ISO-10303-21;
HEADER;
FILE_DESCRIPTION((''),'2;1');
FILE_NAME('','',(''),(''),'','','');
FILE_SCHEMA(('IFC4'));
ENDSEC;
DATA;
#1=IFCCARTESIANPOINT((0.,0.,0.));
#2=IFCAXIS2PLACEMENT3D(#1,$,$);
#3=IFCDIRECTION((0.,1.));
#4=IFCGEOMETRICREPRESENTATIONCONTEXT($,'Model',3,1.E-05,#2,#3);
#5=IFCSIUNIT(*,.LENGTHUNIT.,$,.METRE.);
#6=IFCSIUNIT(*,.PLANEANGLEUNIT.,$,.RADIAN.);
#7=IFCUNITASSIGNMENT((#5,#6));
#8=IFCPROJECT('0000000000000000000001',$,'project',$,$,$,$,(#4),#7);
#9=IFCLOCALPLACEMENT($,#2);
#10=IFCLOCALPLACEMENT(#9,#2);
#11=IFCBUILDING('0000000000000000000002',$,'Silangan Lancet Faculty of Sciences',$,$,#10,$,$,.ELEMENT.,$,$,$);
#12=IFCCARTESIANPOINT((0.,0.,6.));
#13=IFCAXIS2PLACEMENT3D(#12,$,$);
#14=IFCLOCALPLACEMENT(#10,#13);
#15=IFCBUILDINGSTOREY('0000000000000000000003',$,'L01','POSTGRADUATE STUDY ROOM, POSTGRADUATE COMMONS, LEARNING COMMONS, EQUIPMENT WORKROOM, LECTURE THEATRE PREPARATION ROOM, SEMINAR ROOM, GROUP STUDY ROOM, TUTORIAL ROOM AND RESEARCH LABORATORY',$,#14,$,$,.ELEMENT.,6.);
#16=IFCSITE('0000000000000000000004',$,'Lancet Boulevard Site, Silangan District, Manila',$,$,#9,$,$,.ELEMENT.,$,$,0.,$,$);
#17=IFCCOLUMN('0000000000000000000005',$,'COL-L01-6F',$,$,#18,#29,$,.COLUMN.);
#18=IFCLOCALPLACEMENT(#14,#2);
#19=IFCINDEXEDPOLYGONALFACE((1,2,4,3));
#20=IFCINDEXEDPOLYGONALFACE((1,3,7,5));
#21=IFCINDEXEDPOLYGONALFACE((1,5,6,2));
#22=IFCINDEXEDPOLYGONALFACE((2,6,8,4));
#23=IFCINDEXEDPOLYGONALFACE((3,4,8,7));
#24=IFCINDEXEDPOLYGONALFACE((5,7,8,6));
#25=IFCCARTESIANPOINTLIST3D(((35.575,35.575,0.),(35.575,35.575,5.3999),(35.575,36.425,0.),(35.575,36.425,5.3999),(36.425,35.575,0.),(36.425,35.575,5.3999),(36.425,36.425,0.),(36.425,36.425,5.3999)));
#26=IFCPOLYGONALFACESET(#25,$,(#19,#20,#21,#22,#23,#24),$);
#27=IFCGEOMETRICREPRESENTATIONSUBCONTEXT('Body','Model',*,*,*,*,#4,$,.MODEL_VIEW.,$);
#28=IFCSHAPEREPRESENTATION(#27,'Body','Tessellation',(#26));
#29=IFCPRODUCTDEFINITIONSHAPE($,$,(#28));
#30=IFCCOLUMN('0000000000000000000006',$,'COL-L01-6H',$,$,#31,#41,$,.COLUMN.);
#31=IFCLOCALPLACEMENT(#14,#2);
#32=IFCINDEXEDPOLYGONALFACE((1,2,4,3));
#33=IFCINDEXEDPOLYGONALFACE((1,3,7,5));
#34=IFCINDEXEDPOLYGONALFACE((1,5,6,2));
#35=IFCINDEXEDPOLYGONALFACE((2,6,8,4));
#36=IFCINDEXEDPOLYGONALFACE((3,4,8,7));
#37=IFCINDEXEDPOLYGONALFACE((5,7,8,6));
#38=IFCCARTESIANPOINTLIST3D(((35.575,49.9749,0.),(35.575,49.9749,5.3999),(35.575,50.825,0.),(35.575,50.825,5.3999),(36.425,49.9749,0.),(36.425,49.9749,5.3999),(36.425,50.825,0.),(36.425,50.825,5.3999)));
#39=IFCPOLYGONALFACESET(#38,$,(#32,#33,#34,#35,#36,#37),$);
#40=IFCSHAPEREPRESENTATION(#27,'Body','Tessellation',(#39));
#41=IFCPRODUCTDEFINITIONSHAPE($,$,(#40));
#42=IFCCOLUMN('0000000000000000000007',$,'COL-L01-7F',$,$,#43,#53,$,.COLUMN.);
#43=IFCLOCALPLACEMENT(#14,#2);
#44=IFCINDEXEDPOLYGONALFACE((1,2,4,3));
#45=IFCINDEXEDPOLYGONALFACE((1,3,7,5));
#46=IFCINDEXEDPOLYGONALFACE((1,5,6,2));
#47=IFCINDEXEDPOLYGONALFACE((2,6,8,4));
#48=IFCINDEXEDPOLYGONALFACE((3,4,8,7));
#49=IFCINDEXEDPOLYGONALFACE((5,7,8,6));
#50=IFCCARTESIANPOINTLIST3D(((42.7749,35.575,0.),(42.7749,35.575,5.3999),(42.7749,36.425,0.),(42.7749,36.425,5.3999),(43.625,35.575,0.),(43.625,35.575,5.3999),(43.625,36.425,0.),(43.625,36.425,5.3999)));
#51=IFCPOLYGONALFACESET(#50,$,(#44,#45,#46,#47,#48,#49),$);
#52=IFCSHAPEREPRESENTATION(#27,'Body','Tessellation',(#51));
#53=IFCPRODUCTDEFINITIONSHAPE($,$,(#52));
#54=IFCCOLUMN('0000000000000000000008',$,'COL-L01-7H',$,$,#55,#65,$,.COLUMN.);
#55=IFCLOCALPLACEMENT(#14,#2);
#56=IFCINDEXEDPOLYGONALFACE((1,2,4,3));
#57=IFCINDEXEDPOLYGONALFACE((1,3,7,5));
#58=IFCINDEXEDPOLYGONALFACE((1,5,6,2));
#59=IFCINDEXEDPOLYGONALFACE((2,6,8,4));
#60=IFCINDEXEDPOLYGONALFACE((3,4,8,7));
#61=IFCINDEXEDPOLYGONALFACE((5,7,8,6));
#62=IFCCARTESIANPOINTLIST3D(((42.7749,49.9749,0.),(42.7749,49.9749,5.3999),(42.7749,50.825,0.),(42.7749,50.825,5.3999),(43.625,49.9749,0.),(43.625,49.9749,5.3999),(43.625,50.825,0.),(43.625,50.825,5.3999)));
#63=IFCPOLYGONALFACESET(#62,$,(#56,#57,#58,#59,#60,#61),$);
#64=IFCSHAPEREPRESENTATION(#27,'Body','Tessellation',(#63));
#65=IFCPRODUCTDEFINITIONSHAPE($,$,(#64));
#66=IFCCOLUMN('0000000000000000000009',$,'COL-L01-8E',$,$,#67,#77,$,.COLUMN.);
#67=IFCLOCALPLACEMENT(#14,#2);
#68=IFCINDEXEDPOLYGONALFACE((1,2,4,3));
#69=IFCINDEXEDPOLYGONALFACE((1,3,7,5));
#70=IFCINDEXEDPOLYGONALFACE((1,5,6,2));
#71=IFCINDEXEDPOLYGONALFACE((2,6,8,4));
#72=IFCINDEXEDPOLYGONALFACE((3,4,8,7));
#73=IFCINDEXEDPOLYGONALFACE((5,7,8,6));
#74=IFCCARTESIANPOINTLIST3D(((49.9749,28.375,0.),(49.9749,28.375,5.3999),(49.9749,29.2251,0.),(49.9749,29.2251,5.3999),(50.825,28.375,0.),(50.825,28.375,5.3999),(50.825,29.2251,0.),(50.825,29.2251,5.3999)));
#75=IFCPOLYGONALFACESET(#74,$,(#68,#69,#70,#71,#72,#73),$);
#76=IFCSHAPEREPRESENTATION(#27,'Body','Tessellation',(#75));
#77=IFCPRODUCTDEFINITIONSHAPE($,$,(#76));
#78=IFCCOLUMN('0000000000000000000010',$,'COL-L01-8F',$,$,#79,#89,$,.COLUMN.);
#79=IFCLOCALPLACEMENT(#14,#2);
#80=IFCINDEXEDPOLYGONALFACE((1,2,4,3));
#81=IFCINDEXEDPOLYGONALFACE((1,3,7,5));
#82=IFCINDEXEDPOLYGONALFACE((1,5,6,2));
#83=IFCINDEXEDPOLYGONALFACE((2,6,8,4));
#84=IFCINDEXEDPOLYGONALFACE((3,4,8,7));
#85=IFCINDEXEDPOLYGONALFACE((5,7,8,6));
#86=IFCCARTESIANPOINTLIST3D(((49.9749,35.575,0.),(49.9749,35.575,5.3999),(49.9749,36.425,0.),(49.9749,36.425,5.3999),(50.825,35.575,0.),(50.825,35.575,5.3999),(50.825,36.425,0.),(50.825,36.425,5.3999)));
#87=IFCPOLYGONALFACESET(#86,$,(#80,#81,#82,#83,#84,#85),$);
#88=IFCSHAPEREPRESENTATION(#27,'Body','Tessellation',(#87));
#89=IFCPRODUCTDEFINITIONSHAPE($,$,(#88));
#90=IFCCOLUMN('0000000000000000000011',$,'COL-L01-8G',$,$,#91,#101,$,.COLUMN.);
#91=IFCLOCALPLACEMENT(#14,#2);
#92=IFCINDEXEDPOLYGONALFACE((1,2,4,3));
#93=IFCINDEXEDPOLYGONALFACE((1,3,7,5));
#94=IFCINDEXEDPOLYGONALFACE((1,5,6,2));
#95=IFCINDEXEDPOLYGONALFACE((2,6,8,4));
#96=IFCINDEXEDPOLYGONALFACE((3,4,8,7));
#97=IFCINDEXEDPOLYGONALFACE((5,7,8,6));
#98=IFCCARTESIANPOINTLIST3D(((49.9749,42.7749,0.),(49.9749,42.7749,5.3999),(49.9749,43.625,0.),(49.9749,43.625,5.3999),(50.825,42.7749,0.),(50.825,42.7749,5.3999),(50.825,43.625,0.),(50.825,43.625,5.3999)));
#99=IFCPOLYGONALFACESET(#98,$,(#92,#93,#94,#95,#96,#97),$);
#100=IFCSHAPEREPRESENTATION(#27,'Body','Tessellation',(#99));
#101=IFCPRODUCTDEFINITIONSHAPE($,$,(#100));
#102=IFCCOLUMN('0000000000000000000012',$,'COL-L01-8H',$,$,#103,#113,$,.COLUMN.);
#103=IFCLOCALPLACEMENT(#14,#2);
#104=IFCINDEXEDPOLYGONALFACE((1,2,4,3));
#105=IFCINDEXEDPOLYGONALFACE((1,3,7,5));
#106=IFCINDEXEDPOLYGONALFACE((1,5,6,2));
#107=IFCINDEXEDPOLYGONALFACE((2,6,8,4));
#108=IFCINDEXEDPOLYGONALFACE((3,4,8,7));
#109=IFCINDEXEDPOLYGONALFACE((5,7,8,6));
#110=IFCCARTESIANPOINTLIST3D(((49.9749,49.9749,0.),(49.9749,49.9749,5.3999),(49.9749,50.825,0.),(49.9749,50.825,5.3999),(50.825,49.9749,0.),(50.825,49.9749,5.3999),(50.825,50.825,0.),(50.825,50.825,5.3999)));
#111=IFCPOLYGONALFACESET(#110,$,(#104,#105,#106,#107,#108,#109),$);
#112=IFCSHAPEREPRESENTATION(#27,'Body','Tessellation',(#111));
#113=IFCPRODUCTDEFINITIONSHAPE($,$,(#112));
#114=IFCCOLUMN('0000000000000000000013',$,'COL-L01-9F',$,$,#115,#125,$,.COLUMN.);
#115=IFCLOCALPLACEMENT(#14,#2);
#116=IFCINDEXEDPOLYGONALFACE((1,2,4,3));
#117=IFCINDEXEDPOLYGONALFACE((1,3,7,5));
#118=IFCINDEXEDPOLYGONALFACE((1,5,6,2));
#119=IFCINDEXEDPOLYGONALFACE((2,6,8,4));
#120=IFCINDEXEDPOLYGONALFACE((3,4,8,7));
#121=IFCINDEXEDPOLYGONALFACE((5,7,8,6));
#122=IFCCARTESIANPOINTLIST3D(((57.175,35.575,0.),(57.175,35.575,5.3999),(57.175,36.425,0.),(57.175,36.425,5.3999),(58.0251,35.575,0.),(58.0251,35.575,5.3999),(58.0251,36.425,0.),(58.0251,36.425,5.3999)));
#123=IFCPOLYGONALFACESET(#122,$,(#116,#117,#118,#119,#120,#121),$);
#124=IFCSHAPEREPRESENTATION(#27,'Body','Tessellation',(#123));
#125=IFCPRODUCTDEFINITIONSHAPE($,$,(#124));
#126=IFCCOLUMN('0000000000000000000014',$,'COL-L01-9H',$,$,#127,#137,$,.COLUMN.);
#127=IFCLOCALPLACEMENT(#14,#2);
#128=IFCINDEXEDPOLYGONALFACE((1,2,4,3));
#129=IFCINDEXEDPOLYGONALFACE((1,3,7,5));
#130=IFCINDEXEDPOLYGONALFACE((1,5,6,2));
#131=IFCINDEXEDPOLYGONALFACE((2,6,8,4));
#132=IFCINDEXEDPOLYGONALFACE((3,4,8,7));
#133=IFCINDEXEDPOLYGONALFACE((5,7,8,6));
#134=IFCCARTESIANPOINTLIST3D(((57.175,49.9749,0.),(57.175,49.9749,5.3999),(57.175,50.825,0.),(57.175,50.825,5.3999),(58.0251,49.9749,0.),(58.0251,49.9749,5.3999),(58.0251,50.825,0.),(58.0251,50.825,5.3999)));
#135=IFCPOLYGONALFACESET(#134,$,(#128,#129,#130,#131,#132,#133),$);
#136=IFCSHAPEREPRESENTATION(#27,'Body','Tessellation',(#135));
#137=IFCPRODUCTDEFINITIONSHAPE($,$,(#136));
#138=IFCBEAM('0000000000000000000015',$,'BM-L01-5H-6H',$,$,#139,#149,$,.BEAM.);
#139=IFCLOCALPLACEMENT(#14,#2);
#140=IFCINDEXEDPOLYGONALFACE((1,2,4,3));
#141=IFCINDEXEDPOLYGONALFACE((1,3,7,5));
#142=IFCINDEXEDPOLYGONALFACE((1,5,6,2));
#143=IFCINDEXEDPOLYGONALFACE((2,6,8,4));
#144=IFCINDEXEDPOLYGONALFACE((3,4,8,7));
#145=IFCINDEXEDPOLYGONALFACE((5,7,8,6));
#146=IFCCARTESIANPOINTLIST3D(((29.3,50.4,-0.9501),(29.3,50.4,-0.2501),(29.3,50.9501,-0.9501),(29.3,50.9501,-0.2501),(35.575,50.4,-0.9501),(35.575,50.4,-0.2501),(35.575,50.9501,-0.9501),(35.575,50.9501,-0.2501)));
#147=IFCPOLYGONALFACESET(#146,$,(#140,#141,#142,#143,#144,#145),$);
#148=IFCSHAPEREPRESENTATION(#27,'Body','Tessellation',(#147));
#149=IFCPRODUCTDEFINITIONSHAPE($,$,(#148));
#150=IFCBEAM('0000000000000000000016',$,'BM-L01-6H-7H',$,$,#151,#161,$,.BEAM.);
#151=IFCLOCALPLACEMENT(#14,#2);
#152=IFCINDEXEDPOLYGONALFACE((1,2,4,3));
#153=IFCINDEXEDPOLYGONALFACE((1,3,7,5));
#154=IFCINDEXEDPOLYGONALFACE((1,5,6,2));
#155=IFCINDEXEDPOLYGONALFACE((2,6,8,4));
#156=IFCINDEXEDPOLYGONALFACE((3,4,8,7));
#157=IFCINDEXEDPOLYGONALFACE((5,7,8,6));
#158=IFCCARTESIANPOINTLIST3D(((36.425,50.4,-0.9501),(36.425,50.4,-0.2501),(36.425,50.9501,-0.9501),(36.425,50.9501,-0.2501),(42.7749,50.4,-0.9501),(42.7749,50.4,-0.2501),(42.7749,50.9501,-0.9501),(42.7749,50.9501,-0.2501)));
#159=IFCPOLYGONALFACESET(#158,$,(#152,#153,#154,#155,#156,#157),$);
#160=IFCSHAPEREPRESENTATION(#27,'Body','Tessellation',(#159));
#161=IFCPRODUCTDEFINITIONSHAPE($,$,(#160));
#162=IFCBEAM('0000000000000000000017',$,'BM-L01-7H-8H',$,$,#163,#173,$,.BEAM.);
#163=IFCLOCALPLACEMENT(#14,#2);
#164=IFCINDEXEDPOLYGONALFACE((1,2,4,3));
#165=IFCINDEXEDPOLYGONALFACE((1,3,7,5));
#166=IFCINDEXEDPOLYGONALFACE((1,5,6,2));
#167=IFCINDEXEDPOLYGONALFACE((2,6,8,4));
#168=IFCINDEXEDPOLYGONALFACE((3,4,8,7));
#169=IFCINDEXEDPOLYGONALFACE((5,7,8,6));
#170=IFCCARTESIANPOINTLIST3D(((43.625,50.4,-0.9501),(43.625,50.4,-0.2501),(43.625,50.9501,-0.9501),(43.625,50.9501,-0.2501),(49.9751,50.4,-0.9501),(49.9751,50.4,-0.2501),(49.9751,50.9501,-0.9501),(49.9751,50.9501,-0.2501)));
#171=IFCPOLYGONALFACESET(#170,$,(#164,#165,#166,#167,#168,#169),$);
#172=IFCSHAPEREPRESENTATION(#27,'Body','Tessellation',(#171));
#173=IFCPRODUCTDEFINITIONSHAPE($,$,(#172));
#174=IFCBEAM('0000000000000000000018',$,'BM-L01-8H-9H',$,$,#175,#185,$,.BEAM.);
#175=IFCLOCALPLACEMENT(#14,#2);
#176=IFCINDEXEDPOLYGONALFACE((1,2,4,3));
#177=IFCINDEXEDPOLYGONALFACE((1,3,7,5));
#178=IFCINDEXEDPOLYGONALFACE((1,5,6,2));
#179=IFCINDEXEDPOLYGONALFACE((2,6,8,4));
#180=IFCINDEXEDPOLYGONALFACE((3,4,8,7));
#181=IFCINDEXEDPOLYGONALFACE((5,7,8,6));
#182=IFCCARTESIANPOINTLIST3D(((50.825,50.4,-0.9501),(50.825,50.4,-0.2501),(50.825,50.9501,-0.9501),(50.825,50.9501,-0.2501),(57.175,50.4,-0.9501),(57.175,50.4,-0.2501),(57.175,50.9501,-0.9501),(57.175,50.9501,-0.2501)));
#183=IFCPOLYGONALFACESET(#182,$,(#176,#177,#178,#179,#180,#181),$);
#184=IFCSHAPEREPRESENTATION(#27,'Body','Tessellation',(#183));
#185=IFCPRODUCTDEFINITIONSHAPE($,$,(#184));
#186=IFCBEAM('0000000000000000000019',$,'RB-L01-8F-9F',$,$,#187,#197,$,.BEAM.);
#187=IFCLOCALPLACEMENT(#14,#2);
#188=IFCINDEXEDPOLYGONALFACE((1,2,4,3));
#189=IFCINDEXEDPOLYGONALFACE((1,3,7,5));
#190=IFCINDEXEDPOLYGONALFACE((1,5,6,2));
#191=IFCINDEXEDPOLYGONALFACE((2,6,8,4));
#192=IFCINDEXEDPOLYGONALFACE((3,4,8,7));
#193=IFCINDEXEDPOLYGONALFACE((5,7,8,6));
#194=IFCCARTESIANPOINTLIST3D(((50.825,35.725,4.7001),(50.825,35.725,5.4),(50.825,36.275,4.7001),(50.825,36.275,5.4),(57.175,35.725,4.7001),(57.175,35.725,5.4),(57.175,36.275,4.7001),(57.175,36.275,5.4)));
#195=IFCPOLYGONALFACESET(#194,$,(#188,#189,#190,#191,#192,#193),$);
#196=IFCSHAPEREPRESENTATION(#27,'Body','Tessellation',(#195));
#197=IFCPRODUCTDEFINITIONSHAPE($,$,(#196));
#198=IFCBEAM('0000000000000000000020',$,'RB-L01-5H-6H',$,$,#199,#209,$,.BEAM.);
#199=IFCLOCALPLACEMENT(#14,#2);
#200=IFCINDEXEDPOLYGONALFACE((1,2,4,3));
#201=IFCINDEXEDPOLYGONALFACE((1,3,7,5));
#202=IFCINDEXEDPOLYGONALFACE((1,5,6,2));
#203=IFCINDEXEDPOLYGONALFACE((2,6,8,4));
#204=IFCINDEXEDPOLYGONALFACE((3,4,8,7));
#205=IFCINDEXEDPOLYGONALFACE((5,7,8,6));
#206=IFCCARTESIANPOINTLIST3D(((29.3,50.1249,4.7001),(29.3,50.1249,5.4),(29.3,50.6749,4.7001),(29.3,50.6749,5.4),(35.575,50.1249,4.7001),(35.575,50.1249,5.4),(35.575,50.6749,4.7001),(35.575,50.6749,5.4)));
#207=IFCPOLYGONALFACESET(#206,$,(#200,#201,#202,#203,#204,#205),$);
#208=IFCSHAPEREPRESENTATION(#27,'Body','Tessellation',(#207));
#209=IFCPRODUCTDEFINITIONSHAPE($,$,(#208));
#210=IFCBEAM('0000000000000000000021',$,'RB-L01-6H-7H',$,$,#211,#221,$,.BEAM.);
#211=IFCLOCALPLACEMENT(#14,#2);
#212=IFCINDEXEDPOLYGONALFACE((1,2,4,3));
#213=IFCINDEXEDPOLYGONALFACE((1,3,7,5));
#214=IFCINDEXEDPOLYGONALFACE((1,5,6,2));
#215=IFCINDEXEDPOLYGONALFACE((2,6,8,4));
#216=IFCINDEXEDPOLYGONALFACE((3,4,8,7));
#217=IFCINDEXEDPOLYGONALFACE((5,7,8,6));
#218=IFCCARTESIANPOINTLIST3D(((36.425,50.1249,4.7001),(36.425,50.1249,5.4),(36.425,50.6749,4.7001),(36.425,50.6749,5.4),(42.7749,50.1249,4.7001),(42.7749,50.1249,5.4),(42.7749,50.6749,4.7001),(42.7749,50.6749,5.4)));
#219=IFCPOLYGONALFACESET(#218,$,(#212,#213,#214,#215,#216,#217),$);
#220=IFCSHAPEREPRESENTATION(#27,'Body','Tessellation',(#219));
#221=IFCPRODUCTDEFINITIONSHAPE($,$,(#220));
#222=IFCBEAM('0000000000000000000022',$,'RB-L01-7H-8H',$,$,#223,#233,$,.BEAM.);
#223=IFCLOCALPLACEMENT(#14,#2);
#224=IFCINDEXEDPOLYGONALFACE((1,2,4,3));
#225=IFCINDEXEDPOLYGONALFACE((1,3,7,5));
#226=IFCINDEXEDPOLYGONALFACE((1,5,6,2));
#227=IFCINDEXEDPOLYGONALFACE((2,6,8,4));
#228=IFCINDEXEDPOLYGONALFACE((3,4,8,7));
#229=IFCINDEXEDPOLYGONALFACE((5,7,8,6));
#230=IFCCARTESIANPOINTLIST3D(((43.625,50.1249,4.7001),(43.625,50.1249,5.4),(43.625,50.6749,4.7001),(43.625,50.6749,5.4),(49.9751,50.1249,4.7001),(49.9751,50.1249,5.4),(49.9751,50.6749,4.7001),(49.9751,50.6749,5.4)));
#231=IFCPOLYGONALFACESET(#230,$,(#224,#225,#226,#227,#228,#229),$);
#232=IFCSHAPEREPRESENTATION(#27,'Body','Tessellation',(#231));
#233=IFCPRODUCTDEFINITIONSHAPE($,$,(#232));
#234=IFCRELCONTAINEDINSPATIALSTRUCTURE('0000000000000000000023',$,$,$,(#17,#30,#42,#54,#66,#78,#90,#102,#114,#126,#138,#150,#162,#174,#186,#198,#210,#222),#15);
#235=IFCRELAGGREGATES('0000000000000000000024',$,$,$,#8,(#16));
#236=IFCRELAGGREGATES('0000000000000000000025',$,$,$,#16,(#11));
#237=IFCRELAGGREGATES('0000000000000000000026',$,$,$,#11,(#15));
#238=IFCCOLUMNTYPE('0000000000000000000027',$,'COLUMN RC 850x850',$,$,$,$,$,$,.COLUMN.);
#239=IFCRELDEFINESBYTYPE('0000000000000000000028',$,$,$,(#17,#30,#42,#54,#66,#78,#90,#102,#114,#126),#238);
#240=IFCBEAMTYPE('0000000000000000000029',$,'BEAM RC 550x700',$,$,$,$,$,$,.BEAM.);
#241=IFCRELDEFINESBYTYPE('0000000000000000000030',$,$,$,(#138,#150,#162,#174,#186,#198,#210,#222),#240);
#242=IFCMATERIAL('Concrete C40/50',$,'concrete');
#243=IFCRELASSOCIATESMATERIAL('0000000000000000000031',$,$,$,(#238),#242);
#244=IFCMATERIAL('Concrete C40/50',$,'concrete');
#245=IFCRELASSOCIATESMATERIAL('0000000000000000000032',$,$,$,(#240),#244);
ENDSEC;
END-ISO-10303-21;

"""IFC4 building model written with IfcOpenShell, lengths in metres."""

from ifc_helpers import new_model, si_unit, direction, frame, origin, origin_2d, place, context, subcontext, project, spatial, rectangle, extrude, material, material_profile, profile_set, type_object, element, save


model = new_model("IFC4")

# Units and contexts
model_context = context("Model", 3, precision=1e-05, world=origin(), true_north=direction((0.0, 1.0)))
body_context = subcontext(model_context, "Body", "Model", "MODEL_VIEW")
ifc_project = project(units=[si_unit("LENGTHUNIT", "METRE"), si_unit("PLANEANGLEUNIT", "RADIAN")], contexts=[model_context])

# Site, building, storey
site_placement = place(None, origin())
site = spatial("IfcSite", under=ifc_project, at=site_placement, Name="Lancet Boulevard Site, Silangan District, Manila", CompositionType="ELEMENT", RefElevation=0.0)
building_placement = place(site_placement, origin())
building = spatial("IfcBuilding", under=site, at=building_placement, Name="Silangan Lancet Faculty of Sciences", CompositionType="ELEMENT")
storey_placement = place(building_placement, frame((0.0, 0.0, 6.0)))
storey = spatial("IfcBuildingStorey", under=building, at=storey_placement, Name="L01", Description="POSTGRADUATE STUDY ROOM, POSTGRADUATE COMMONS, LEARNING COMMONS, EQUIPMENT WORKROOM, LECTURE THEATRE PREPARATION ROOM, SEMINAR ROOM, GROUP STUDY ROOM, TUTORIAL ROOM AND RESEARCH LABORATORY", CompositionType="ELEMENT", Elevation=6.0)

# Columns
ifc_material_1 = material(Name="Concrete C40/50", Category="concrete")
ifc_material_profile_1 = material_profile(ifc_material_1, rectangle(XDim=0.8501, YDim=0.8501, at=origin_2d()), Name="RC 850x850")
ifc_profile_set_1 = profile_set([ifc_material_profile_1], Name="Concrete C40/50")
column_type = type_object("IfcColumnType", Name="COLUMN RC 850x850", PredefinedType="COLUMN", material=ifc_profile_set_1)
for number, where, z_axis, x_axis, name in (
    (1, (36.0, 36.0, 0.0), (0.0, 0.0, 1.0), (1.0, 0.0, 0.0), "COL-L01-6F"),
    (2, (36.0, 50.3999, 0.0), (0.0, 0.0, 1.0), (1.0, 0.0, 0.0), "COL-L01-6H"),
    (3, (43.2, 36.0, 0.0), (0.0, 0.0, 1.0), (1.0, 0.0, 0.0), "COL-L01-7F"),
    (4, (43.2, 50.3999, 0.0), (0.0, 0.0, 1.0), (1.0, 0.0, 0.0), "COL-L01-7H"),
    (5, (50.3999, 28.8, 0.0), (0.0, 0.0, 1.0), (1.0, 0.0, 0.0), "COL-L01-8E"),
    (6, (50.3999, 36.0, 0.0), (0.0, 0.0, 1.0), (1.0, 0.0, 0.0), "COL-L01-8F"),
    (7, (50.3999, 43.2, 0.0), (0.0, 0.0, 1.0), (1.0, 0.0, 0.0), "COL-L01-8G"),
    (8, (50.3999, 50.3999, 0.0), (0.0, 0.0, 1.0), (1.0, 0.0, 0.0), "COL-L01-8H"),
    (9, (57.6001, 36.0, 0.0), (0.0, 0.0, 1.0), (1.0, 0.0, 0.0), "COL-L01-9F"),
    (10, (57.6001, 50.3999, 0.0), (0.0, 0.0, 1.0), (1.0, 0.0, 0.0), "COL-L01-9H"),
):
    element("IfcColumn", number, at=place(storey_placement, frame(where, z_axis=z_axis, x_axis=x_axis)), inside=storey, type_object=column_type, Name=name, PredefinedType="COLUMN", context=body_context, shape_type="SweptSolid", body=[
        extrude(rectangle(XDim=0.8501, YDim=0.8501, at=origin_2d()), origin(), (0.0, 0.0, 1.0), 5.3999),
    ])

# Beams
ifc_material_2 = material(Name="Concrete C40/50", Category="concrete")
ifc_material_profile_2 = material_profile(ifc_material_2, rectangle(XDim=0.55, YDim=0.7, at=origin_2d()), Name="RC 550x700")
ifc_profile_set_2 = profile_set([ifc_material_profile_2], Name="Concrete C40/50")
beam_type = type_object("IfcBeamType", Name="BEAM RC 550x700", PredefinedType="BEAM", material=ifc_profile_set_2)
beam_1_placement = place(storey_placement, frame((29.3, 50.675, -0.6001), z_axis=(1.0, 0.0, 0.0), x_axis=(0.0, 1.0, 0.0)))
element("IfcBeam", 11, at=beam_1_placement, inside=storey, type_object=beam_type, Name="BM-L01-5H-6H", PredefinedType="BEAM", context=body_context, shape_type="SweptSolid", body=[
    extrude(rectangle(XDim=0.55, YDim=0.7, at=origin_2d()), origin(), (0.0, 0.0, 1.0), 6.2749),
])
beam_2_placement = place(storey_placement, frame((36.425, 50.675, -0.6001), z_axis=(1.0, 0.0, 0.0), x_axis=(0.0, 1.0, 0.0)))
element("IfcBeam", 12, at=beam_2_placement, inside=storey, type_object=beam_type, Name="BM-L01-6H-7H", PredefinedType="BEAM", context=body_context, shape_type="SweptSolid", body=[
    extrude(rectangle(XDim=0.55, YDim=0.7, at=origin_2d()), origin(), (0.0, 0.0, 1.0), 6.3499),
])
for number, where, z_axis, x_axis, name in (
    (13, (43.625, 50.675, -0.6001), (1.0, 0.0, 0.0), (0.0, 1.0, 0.0), "BM-L01-7H-8H"),
    (14, (50.825, 50.675, -0.6001), (1.0, 0.0, 0.0), (0.0, 1.0, 0.0), "BM-L01-8H-9H"),
    (15, (50.825, 36.0, 5.05), (1.0, 0.0, 0.0), (0.0, 1.0, 0.0), "RB-L01-8F-9F"),
):
    element("IfcBeam", number, at=place(storey_placement, frame(where, z_axis=z_axis, x_axis=x_axis)), inside=storey, type_object=beam_type, Name=name, PredefinedType="BEAM", context=body_context, shape_type="SweptSolid", body=[
        extrude(rectangle(XDim=0.55, YDim=0.7, at=origin_2d()), origin(), (0.0, 0.0, 1.0), 6.3501),
    ])
beam_3_placement = place(storey_placement, frame((29.3, 50.3999, 5.05), z_axis=(1.0, 0.0, 0.0), x_axis=(0.0, 1.0, 0.0)))
element("IfcBeam", 16, at=beam_3_placement, inside=storey, type_object=beam_type, Name="RB-L01-5H-6H", PredefinedType="BEAM", context=body_context, shape_type="SweptSolid", body=[
    extrude(rectangle(XDim=0.55, YDim=0.7, at=origin_2d()), origin(), (0.0, 0.0, 1.0), 6.2749),
])
beam_4_placement = place(storey_placement, frame((36.425, 50.3999, 5.05), z_axis=(1.0, 0.0, 0.0), x_axis=(0.0, 1.0, 0.0)))
element("IfcBeam", 17, at=beam_4_placement, inside=storey, type_object=beam_type, Name="RB-L01-6H-7H", PredefinedType="BEAM", context=body_context, shape_type="SweptSolid", body=[
    extrude(rectangle(XDim=0.55, YDim=0.7, at=origin_2d()), origin(), (0.0, 0.0, 1.0), 6.3499),
])
for number, where, z_axis, x_axis, name in (
    (18, (43.625, 50.3999, 5.05), (1.0, 0.0, 0.0), (0.0, 1.0, 0.0), "RB-L01-7H-8H"),
):
    element("IfcBeam", number, at=place(storey_placement, frame(where, z_axis=z_axis, x_axis=x_axis)), inside=storey, type_object=beam_type, Name=name, PredefinedType="BEAM", context=body_context, shape_type="SweptSolid", body=[
        extrude(rectangle(XDim=0.55, YDim=0.7, at=origin_2d()), origin(), (0.0, 0.0, 1.0), 6.3501),
    ])

save(model, "model.ifc")
